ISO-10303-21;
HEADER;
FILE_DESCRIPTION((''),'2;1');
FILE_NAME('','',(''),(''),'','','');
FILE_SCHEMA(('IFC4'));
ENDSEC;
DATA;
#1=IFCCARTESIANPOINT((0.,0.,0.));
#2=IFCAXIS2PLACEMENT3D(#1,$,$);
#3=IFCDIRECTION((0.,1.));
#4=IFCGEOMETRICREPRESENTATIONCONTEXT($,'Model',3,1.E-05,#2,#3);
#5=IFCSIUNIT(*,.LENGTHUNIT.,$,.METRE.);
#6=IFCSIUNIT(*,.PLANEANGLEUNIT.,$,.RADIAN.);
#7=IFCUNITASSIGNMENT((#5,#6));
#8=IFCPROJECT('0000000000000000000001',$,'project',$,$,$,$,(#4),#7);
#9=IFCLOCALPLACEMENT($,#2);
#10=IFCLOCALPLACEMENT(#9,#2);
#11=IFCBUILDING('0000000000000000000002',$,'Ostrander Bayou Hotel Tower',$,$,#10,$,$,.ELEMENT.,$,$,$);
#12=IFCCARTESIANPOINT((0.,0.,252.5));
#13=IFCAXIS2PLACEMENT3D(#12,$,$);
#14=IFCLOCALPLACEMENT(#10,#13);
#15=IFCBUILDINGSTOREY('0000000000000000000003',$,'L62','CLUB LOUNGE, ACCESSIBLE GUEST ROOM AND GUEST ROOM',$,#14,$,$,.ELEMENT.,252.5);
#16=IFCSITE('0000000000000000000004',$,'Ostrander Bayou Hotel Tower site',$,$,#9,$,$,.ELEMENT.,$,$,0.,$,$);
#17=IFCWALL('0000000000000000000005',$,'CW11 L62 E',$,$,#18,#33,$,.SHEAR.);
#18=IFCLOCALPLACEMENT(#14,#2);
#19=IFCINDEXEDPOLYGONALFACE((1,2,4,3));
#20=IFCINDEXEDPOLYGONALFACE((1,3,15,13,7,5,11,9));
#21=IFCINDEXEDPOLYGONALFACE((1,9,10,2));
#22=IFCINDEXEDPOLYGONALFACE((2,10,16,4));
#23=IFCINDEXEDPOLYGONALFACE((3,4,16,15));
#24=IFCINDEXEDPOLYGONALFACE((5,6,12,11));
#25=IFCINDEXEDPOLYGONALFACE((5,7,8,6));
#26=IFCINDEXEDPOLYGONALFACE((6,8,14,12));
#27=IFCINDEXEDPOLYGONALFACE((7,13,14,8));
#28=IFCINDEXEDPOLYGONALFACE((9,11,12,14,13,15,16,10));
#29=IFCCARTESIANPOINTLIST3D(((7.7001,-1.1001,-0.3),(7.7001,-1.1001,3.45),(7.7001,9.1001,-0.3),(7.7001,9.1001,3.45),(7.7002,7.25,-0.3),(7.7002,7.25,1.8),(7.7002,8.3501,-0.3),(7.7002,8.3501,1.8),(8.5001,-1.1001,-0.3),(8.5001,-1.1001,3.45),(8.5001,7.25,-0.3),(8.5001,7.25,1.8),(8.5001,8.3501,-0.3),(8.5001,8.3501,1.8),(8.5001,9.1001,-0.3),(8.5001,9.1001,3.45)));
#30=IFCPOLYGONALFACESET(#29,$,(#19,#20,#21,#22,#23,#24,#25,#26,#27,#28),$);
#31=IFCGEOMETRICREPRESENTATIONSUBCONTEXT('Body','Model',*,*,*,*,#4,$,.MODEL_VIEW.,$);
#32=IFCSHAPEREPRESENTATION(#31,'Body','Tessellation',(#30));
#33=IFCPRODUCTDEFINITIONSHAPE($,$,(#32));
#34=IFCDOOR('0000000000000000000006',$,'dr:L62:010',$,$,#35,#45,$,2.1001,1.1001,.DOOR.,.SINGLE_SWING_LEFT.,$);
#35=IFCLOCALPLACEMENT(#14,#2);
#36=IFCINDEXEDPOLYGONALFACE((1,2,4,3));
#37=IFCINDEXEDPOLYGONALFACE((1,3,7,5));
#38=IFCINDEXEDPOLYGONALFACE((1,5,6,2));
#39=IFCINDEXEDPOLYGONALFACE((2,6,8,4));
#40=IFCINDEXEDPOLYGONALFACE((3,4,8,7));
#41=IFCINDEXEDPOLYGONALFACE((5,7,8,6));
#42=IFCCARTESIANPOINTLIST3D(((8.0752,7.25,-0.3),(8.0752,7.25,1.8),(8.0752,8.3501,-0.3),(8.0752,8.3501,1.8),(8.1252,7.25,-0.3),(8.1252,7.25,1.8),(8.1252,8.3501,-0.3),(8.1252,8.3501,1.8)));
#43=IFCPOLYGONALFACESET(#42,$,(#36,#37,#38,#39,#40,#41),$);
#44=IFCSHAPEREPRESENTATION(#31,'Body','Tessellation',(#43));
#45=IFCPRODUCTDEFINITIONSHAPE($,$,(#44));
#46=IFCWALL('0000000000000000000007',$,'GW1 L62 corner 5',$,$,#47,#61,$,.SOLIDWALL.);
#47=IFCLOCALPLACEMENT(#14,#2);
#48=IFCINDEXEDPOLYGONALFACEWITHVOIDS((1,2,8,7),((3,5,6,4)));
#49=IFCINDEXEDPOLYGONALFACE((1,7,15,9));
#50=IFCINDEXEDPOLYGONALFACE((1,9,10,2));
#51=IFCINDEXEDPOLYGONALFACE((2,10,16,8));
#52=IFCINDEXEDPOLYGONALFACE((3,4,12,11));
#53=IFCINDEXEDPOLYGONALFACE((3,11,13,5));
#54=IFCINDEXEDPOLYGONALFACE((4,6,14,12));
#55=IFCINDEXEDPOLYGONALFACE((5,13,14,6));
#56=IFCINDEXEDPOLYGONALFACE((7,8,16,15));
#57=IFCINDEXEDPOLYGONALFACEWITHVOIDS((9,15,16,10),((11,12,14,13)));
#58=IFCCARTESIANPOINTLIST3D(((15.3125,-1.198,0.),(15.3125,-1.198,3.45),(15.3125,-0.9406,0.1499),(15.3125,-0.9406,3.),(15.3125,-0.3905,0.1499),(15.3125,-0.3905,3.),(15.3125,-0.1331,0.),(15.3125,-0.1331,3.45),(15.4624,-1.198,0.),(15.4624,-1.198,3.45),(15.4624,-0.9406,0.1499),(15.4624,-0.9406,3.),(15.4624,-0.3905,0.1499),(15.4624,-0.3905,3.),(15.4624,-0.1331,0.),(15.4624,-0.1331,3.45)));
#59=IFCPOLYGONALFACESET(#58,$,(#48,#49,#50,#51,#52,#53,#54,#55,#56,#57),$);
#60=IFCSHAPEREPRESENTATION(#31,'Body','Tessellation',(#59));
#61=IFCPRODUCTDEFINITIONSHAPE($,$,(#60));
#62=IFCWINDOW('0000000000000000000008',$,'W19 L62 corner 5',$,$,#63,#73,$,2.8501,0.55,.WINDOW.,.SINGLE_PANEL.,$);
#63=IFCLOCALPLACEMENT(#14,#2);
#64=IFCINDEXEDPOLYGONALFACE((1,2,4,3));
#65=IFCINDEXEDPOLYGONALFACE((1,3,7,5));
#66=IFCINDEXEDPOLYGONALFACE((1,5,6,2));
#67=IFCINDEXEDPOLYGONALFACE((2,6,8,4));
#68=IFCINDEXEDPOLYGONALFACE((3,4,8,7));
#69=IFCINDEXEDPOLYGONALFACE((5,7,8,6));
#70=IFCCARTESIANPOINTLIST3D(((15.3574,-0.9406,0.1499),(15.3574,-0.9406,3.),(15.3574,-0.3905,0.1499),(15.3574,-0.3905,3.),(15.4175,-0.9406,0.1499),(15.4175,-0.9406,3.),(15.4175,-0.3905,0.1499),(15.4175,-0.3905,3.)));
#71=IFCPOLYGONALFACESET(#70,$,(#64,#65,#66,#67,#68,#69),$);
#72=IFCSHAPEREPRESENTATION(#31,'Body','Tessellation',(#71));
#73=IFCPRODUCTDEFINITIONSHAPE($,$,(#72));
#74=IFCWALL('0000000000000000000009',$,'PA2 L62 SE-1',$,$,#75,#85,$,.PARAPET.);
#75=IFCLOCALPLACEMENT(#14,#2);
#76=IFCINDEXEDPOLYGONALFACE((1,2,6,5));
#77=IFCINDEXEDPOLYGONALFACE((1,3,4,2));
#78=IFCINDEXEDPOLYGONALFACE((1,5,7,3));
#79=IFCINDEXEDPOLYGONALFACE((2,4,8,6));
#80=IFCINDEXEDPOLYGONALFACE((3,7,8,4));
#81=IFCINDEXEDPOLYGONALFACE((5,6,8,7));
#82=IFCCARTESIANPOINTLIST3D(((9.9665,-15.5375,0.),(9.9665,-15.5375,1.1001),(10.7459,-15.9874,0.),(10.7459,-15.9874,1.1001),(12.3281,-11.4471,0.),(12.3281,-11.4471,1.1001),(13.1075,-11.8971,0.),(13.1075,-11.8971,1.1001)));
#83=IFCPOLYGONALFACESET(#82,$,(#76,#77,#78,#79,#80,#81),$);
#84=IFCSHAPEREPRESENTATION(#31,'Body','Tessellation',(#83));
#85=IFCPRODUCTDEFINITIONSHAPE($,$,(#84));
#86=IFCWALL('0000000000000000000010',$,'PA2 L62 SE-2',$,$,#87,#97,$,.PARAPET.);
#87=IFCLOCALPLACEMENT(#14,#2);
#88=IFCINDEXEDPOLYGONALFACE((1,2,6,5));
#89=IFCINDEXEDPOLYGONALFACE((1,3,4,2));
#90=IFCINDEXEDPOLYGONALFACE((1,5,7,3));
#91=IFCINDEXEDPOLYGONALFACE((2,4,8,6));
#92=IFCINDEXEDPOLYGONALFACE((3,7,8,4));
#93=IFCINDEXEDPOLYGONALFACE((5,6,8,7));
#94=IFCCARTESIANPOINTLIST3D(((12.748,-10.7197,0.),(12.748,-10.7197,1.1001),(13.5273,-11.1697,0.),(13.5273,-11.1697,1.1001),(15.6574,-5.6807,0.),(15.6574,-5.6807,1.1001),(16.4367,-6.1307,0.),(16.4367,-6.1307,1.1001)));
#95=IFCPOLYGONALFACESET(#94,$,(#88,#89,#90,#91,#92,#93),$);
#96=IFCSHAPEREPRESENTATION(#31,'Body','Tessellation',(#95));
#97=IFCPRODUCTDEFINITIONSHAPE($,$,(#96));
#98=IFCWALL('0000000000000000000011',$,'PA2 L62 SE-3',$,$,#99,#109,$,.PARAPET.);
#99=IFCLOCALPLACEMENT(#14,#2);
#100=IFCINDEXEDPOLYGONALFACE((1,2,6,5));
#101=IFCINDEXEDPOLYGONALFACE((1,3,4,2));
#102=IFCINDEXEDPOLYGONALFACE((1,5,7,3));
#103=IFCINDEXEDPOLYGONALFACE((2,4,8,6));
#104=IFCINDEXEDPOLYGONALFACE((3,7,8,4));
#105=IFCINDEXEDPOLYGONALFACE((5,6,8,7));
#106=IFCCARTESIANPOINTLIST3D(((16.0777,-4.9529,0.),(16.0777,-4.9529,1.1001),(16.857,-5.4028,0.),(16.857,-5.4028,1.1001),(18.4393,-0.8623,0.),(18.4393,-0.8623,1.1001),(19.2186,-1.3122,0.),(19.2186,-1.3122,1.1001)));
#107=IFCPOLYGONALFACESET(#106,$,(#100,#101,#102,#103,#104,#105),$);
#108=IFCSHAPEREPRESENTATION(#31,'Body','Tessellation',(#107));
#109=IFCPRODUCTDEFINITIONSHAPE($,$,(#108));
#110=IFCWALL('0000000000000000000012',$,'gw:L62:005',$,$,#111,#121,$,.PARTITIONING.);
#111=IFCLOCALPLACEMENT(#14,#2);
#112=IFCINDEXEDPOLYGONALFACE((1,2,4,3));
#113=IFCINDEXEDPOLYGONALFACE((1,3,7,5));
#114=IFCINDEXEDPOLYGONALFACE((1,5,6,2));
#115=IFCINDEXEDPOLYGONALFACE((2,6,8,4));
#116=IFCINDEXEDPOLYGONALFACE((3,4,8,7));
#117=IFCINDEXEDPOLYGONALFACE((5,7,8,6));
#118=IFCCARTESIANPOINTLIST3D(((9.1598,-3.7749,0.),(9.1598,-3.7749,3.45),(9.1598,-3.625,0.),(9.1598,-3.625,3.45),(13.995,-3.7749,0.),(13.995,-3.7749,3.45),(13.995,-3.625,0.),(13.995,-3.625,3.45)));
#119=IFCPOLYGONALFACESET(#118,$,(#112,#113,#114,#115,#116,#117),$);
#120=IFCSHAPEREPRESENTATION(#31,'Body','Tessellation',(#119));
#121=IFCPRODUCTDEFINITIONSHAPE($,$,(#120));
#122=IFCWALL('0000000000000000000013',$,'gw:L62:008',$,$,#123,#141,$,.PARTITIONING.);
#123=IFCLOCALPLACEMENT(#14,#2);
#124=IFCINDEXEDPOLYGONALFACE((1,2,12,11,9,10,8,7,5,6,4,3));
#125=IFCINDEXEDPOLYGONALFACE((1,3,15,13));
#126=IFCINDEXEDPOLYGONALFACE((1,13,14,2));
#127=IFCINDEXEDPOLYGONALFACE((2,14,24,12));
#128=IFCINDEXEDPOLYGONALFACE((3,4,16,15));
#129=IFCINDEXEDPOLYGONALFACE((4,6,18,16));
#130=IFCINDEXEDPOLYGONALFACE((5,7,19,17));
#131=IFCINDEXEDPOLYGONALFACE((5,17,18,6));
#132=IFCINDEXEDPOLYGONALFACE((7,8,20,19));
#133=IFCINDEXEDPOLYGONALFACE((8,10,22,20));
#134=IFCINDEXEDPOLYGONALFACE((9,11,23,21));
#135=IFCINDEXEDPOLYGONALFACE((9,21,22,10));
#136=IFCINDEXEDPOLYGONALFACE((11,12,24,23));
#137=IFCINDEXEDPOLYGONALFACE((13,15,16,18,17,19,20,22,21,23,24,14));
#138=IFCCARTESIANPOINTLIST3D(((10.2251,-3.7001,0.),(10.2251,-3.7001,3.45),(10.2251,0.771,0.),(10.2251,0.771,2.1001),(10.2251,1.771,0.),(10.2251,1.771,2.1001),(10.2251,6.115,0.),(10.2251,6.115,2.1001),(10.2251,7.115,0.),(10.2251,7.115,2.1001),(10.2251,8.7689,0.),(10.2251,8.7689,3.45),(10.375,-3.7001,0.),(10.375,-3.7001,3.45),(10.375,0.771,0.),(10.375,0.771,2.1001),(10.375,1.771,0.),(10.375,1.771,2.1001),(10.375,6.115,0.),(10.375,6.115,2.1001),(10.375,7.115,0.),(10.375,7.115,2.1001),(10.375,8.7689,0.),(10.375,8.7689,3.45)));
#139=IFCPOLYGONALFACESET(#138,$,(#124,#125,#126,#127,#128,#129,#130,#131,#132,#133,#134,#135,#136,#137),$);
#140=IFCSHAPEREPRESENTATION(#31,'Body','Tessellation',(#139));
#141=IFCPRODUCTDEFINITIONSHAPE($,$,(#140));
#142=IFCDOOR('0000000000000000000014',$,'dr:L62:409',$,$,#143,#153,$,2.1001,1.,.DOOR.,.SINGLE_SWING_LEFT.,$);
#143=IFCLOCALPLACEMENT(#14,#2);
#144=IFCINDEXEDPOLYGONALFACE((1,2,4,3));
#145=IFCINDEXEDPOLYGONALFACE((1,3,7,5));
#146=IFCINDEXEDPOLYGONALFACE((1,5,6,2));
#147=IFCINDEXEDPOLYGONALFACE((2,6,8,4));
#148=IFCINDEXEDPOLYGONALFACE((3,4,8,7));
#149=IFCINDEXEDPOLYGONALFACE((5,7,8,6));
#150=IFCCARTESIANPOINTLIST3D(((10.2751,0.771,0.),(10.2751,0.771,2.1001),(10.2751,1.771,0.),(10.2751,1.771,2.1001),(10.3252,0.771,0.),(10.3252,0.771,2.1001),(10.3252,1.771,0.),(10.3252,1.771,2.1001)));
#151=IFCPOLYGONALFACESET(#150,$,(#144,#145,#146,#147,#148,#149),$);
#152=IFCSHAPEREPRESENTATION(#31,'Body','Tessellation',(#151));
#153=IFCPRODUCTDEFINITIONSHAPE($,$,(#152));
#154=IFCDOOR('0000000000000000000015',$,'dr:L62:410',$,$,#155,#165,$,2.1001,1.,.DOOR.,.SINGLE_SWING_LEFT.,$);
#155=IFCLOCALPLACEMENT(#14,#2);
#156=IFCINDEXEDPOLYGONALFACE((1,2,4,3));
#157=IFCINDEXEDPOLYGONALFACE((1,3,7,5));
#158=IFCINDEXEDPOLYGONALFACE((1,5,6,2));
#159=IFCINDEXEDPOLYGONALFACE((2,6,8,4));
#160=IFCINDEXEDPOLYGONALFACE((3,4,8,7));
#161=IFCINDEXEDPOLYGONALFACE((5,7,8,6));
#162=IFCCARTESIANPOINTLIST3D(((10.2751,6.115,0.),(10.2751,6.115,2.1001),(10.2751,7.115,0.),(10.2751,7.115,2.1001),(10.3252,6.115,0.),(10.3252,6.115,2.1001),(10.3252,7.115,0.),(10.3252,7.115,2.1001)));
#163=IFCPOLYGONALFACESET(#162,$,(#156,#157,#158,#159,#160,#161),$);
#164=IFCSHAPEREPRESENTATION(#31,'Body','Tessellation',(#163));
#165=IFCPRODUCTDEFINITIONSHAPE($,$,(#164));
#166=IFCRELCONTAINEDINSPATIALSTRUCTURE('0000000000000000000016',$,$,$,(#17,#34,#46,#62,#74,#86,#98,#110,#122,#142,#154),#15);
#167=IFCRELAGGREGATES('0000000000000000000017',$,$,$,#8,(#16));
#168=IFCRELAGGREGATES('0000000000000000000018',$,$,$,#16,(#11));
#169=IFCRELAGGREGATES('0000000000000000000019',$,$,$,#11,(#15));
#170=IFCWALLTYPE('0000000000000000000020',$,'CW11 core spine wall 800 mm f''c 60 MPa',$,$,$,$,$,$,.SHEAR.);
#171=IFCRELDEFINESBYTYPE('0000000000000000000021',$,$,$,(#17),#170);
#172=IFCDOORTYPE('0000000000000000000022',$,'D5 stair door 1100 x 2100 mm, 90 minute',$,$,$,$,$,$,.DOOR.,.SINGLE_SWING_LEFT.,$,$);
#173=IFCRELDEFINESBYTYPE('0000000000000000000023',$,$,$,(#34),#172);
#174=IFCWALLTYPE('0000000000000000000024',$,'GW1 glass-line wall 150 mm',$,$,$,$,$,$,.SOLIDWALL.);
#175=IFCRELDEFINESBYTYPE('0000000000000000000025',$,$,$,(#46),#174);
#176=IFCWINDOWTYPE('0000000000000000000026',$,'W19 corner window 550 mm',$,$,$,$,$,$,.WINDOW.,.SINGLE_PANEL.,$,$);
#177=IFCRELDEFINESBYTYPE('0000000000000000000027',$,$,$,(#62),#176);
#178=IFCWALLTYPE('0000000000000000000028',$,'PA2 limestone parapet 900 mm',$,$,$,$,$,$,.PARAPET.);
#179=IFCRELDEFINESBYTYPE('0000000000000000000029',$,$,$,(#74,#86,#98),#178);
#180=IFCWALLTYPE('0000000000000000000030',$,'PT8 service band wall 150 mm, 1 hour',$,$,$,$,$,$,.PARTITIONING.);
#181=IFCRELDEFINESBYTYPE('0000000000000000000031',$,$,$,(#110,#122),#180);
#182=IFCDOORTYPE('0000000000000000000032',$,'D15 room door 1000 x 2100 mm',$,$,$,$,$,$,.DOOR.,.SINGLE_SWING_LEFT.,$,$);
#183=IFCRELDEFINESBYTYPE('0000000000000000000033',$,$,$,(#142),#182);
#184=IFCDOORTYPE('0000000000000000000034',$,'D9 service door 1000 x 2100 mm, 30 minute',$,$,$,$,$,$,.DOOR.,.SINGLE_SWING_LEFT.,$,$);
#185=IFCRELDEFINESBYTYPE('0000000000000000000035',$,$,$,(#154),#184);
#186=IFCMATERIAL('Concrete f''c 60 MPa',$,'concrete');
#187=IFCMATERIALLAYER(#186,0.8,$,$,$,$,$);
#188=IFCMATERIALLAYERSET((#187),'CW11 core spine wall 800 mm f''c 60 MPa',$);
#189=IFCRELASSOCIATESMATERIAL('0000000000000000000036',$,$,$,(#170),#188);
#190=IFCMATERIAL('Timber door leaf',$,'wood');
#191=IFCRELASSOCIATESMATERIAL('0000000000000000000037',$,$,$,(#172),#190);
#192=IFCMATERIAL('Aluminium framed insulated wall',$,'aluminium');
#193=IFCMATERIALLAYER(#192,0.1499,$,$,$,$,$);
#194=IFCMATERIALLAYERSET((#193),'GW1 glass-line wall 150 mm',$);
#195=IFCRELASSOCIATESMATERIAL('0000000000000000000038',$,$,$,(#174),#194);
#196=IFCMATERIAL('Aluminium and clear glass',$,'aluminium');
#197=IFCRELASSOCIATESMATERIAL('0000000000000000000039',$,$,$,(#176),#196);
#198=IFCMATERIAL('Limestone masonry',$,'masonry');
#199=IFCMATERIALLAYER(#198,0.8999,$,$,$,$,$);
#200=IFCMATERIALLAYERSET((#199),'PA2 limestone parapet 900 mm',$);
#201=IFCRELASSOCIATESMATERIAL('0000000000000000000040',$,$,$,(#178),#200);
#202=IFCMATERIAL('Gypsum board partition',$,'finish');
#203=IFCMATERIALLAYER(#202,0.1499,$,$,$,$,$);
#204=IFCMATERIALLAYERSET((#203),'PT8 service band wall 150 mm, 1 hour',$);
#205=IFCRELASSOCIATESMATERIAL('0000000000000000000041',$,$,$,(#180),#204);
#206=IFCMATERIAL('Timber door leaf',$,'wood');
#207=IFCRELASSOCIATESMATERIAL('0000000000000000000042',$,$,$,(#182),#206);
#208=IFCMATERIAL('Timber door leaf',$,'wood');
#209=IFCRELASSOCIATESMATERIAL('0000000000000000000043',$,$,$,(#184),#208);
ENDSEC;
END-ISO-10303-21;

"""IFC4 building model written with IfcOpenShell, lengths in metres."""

from ifc_helpers import new_model, si_unit, direction, frame, frame_2d, origin, place, context, subcontext, project, spatial, rectangle, extrude, material, layer, layer_set, type_object, element, fill, save


model = new_model("IFC4")

# Units and contexts
model_context = context("Model", 3, precision=1e-05, world=origin(), true_north=direction((0.0, 1.0)))
body_context = subcontext(model_context, "Body", "Model", "MODEL_VIEW")
ifc_project = project(units=[si_unit("LENGTHUNIT", "METRE"), si_unit("PLANEANGLEUNIT", "RADIAN")], contexts=[model_context])

# Site, building, storey
site_placement = place(None, origin())
site = spatial("IfcSite", under=ifc_project, at=site_placement, Name="Ostrander Bayou Hotel Tower site", CompositionType="ELEMENT", RefElevation=0.0)
building_placement = place(site_placement, origin())
building = spatial("IfcBuilding", under=site, at=building_placement, Name="Ostrander Bayou Hotel Tower", CompositionType="ELEMENT")
storey_placement = place(building_placement, frame((0.0, 0.0, 252.5)))
storey = spatial("IfcBuildingStorey", under=building, at=storey_placement, Name="L62", Description="CLUB LOUNGE, ACCESSIBLE GUEST ROOM AND GUEST ROOM", CompositionType="ELEMENT", Elevation=252.5)

# Wall, opening, door
ifc_material_1 = material(Name="Concrete f'c 60 MPa", Category="concrete")
ifc_layer_1 = layer(ifc_material_1, 0.8)
ifc_layer_set_1 = layer_set([ifc_layer_1], Name="CW11 core spine wall 800 mm f'c 60 MPa")
wall_type_1 = type_object("IfcWallType", Name="CW11 core spine wall 800 mm f'c 60 MPa", PredefinedType="SHEAR", material=ifc_layer_set_1)
wall_1_placement = place(storey_placement, frame((8.1001, -1.1001, -0.3), z_axis=(0.0, 0.0, 1.0), x_axis=(0.0, 1.0, 0.0)))
wall_1 = element("IfcWall", 1, at=wall_1_placement, inside=storey, type_object=wall_type_1, Name="CW11 L62 E", PredefinedType="SHEAR", context=body_context, shape_type="SweptSolid", body=[
    extrude(rectangle(XDim=10.2002, YDim=0.8, at=frame_2d((5.1001, 0.0))), origin(), (0.0, 0.0, 1.0), 3.75),
])
opening_1_placement = place(wall_1_placement, frame((8.3501, 0.0, 0.0)))
opening_1 = element("IfcOpeningElement", 2, at=opening_1_placement, cuts=wall_1, PredefinedType="OPENING", context=body_context, shape_type="SweptSolid", body=[
    extrude(rectangle(XDim=1.1001, YDim=2.1001, at=frame_2d((0.55, 1.05))), frame((0.0, 0.3999, 0.0), z_axis=(0.0, -1.0, 0.0), x_axis=(1.0, 0.0, 0.0)), (0.0, 0.0, 1.0), 0.8),
])
ifc_material_2 = material(Name="Timber door leaf", Category="wood")
door_type_1 = type_object("IfcDoorType", Name="D5 stair door 1100 x 2100 mm, 90 minute", OperationType="SINGLE_SWING_LEFT", PredefinedType="DOOR", material=ifc_material_2)
door_1_placement = place(opening_1_placement, origin())
door_1 = element("IfcDoor", 3, at=door_1_placement, inside=storey, type_object=door_type_1, Name="dr:L62:010", OperationType="SINGLE_SWING_LEFT", OverallHeight=2.1001, OverallWidth=1.1001, PredefinedType="DOOR", context=body_context, shape_type="SweptSolid", body=[
    extrude(rectangle(XDim=1.1001, YDim=2.1001, at=frame_2d((0.55, 1.05))), frame((0.0, 0.0249, 0.0), z_axis=(0.0, -1.0, 0.0), x_axis=(1.0, 0.0, 0.0)), (0.0, 0.0, 1.0), 0.05),
])
fill(opening_1, door_1)

# Shared definitions
ifc_material_3 = material(Name="Aluminium framed insulated wall", Category="aluminium")
ifc_layer_2 = layer(ifc_material_3, 0.1499)
ifc_layer_set_2 = layer_set([ifc_layer_2], Name="GW1 glass-line wall 150 mm")
wall_type_2 = type_object("IfcWallType", Name="GW1 glass-line wall 150 mm", PredefinedType="SOLIDWALL", material=ifc_layer_set_2)

# Wall, opening, window
wall_2_placement = place(storey_placement, frame((15.3875, -1.198, 0.0), z_axis=(0.0, 0.0, 1.0), x_axis=(0.0, 1.0, 0.0)))
wall_2 = element("IfcWall", 4, at=wall_2_placement, inside=storey, type_object=wall_type_2, Name="GW1 L62 corner 5", PredefinedType="SOLIDWALL", context=body_context, shape_type="SweptSolid", body=[
    extrude(rectangle(XDim=1.0649, YDim=0.1499, at=frame_2d((0.5325, 0.0))), origin(), (0.0, 0.0, 1.0), 3.45),
])
opening_2_placement = place(wall_2_placement, frame((0.2576, 0.0, 0.1499)))
opening_2 = element("IfcOpeningElement", 5, at=opening_2_placement, cuts=wall_2, PredefinedType="OPENING", context=body_context, shape_type="SweptSolid", body=[
    extrude(rectangle(XDim=0.55, YDim=2.8501, at=frame_2d((0.2749, 1.425))), frame((0.0, 0.075, 0.0), z_axis=(0.0, -1.0, 0.0), x_axis=(1.0, 0.0, 0.0)), (0.0, 0.0, 1.0), 0.1499),
])
ifc_material_4 = material(Name="Aluminium and clear glass", Category="aluminium")
window_type_1 = type_object("IfcWindowType", Name="W19 corner window 550 mm", PartitioningType="SINGLE_PANEL", PredefinedType="WINDOW", material=ifc_material_4)
window_1_placement = place(opening_2_placement, origin())
window_1 = element("IfcWindow", 6, at=window_1_placement, inside=storey, type_object=window_type_1, Name="W19 L62 corner 5", OverallHeight=2.8501, OverallWidth=0.55, PartitioningType="SINGLE_PANEL", PredefinedType="WINDOW", context=body_context, shape_type="SweptSolid", body=[
    extrude(rectangle(XDim=0.55, YDim=2.8501, at=frame_2d((0.2749, 1.425))), frame((0.0, 0.03, 0.0), z_axis=(0.0, -1.0, 0.0), x_axis=(1.0, 0.0, 0.0)), (0.0, 0.0, 1.0), 0.0601),
])
fill(opening_2, window_1)

# Walls
ifc_material_5 = material(Name="Limestone masonry", Category="masonry")
ifc_layer_3 = layer(ifc_material_5, 0.8999)
ifc_layer_set_3 = layer_set([ifc_layer_3], Name="PA2 limestone parapet 900 mm")
wall_type_3 = type_object("IfcWallType", Name="PA2 limestone parapet 900 mm", PredefinedType="PARAPET", material=ifc_layer_set_3)
wall_3_placement = place(storey_placement, frame((10.3562, -15.7625, 0.0), z_axis=(0.0, 0.0, 1.0), x_axis=(0.500003, 0.866024, 0.0)))
element("IfcWall", 7, at=wall_3_placement, inside=storey, type_object=wall_type_3, Name="PA2 L62 SE-1", PredefinedType="PARAPET", context=body_context, shape_type="SweptSolid", body=[
    extrude(rectangle(XDim=4.7231, YDim=0.8999, at=frame_2d((2.3616, 0.0))), origin(), (0.0, 0.0, 1.0), 1.1001),
])
wall_4_placement = place(storey_placement, frame((13.1377, -10.9446, 0.0), z_axis=(0.0, 0.0, 1.0), x_axis=(0.500015, 0.866016, 0.0)))
element("IfcWall", 8, at=wall_4_placement, inside=storey, type_object=wall_type_3, Name="PA2 L62 SE-2", PredefinedType="PARAPET", context=body_context, shape_type="SweptSolid", body=[
    extrude(rectangle(XDim=5.8186, YDim=0.8999, at=frame_2d((2.9092, 0.0))), origin(), (0.0, 0.0, 1.0), 1.1001),
])
wall_5_placement = place(storey_placement, frame((16.4673, -5.178, 0.0), z_axis=(0.0, 0.0, 1.0), x_axis=(0.49998, 0.866037, 0.0)))
element("IfcWall", 9, at=wall_5_placement, inside=storey, type_object=wall_type_3, Name="PA2 L62 SE-3", PredefinedType="PARAPET", context=body_context, shape_type="SweptSolid", body=[
    extrude(rectangle(XDim=4.7234, YDim=0.8999, at=frame_2d((2.3618, 0.0))), origin(), (0.0, 0.0, 1.0), 1.1001),
])
ifc_material_6 = material(Name="Gypsum board partition", Category="finish")
ifc_layer_4 = layer(ifc_material_6, 0.1499)
ifc_layer_set_4 = layer_set([ifc_layer_4], Name="PT8 service band wall 150 mm, 1 hour")
wall_type_4 = type_object("IfcWallType", Name="PT8 service band wall 150 mm, 1 hour", PredefinedType="PARTITIONING", material=ifc_layer_set_4)
wall_6_placement = place(storey_placement, frame((9.1599, -3.7, 0.0), z_axis=(0.0, 0.0, 1.0), x_axis=(1.0, 0.0, 0.0)))
element("IfcWall", 10, at=wall_6_placement, inside=storey, type_object=wall_type_4, Name="gw:L62:005", PredefinedType="PARTITIONING", context=body_context, shape_type="SweptSolid", body=[
    extrude(rectangle(XDim=4.8352, YDim=0.1499, at=frame_2d((2.4175, 0.0))), origin(), (0.0, 0.0, 1.0), 3.45),
])

# Wall, openings, doors
wall_7_placement = place(storey_placement, frame((10.3, -3.7, 0.0), z_axis=(0.0, 0.0, 1.0), x_axis=(0.0, 1.0, 0.0)))
wall_7 = element("IfcWall", 11, at=wall_7_placement, inside=storey, type_object=wall_type_4, Name="gw:L62:008", PredefinedType="PARTITIONING", context=body_context, shape_type="SweptSolid", body=[
    extrude(rectangle(XDim=12.469, YDim=0.1499, at=frame_2d((6.2344, 0.0))), origin(), (0.0, 0.0, 1.0), 3.45),
])
opening_3_placement = place(wall_7_placement, frame((4.4709, 0.0, 0.0)))
opening_3 = element("IfcOpeningElement", 12, at=opening_3_placement, cuts=wall_7, PredefinedType="OPENING", context=body_context, shape_type="SweptSolid", body=[
    extrude(rectangle(XDim=1.0, YDim=2.1001, at=frame_2d((0.5, 1.05))), frame((0.0, 0.075, 0.0), z_axis=(0.0, -1.0, 0.0), x_axis=(1.0, 0.0, 0.0)), (0.0, 0.0, 1.0), 0.1499),
])
opening_4_placement = place(wall_7_placement, frame((9.8149, 0.0, 0.0)))
opening_4 = element("IfcOpeningElement", 13, at=opening_4_placement, cuts=wall_7, PredefinedType="OPENING", context=body_context, shape_type="SweptSolid", body=[
    extrude(rectangle(XDim=1.0, YDim=2.1001, at=frame_2d((0.5, 1.05))), frame((0.0, 0.075, 0.0), z_axis=(0.0, -1.0, 0.0), x_axis=(1.0, 0.0, 0.0)), (0.0, 0.0, 1.0), 0.1499),
])
ifc_material_7 = material(Name="Timber door leaf", Category="wood")
door_type_2 = type_object("IfcDoorType", Name="D15 room door 1000 x 2100 mm", OperationType="SINGLE_SWING_LEFT", PredefinedType="DOOR", material=ifc_material_7)
door_2_placement = place(opening_3_placement, origin())
door_2 = element("IfcDoor", 14, at=door_2_placement, inside=storey, type_object=door_type_2, Name="dr:L62:409", OperationType="SINGLE_SWING_LEFT", OverallHeight=2.1001, OverallWidth=1.0, PredefinedType="DOOR", context=body_context, shape_type="SweptSolid", body=[
    extrude(rectangle(XDim=1.0, YDim=2.1001, at=frame_2d((0.5, 1.05))), frame((0.0, 0.0249, 0.0), z_axis=(0.0, -1.0, 0.0), x_axis=(1.0, 0.0, 0.0)), (0.0, 0.0, 1.0), 0.05),
])
fill(opening_3, door_2)
ifc_material_8 = material(Name="Timber door leaf", Category="wood")
door_type_3 = type_object("IfcDoorType", Name="D9 service door 1000 x 2100 mm, 30 minute", OperationType="SINGLE_SWING_LEFT", PredefinedType="DOOR", material=ifc_material_8)
door_3_placement = place(opening_4_placement, origin())
door_3 = element("IfcDoor", 15, at=door_3_placement, inside=storey, type_object=door_type_3, Name="dr:L62:410", OperationType="SINGLE_SWING_LEFT", OverallHeight=2.1001, OverallWidth=1.0, PredefinedType="DOOR", context=body_context, shape_type="SweptSolid", body=[
    extrude(rectangle(XDim=1.0, YDim=2.1001, at=frame_2d((0.5, 1.05))), frame((0.0, 0.0249, 0.0), z_axis=(0.0, -1.0, 0.0), x_axis=(1.0, 0.0, 0.0)), (0.0, 0.0, 1.0), 0.05),
])
fill(opening_4, door_3)

save(model, "model.ifc")
